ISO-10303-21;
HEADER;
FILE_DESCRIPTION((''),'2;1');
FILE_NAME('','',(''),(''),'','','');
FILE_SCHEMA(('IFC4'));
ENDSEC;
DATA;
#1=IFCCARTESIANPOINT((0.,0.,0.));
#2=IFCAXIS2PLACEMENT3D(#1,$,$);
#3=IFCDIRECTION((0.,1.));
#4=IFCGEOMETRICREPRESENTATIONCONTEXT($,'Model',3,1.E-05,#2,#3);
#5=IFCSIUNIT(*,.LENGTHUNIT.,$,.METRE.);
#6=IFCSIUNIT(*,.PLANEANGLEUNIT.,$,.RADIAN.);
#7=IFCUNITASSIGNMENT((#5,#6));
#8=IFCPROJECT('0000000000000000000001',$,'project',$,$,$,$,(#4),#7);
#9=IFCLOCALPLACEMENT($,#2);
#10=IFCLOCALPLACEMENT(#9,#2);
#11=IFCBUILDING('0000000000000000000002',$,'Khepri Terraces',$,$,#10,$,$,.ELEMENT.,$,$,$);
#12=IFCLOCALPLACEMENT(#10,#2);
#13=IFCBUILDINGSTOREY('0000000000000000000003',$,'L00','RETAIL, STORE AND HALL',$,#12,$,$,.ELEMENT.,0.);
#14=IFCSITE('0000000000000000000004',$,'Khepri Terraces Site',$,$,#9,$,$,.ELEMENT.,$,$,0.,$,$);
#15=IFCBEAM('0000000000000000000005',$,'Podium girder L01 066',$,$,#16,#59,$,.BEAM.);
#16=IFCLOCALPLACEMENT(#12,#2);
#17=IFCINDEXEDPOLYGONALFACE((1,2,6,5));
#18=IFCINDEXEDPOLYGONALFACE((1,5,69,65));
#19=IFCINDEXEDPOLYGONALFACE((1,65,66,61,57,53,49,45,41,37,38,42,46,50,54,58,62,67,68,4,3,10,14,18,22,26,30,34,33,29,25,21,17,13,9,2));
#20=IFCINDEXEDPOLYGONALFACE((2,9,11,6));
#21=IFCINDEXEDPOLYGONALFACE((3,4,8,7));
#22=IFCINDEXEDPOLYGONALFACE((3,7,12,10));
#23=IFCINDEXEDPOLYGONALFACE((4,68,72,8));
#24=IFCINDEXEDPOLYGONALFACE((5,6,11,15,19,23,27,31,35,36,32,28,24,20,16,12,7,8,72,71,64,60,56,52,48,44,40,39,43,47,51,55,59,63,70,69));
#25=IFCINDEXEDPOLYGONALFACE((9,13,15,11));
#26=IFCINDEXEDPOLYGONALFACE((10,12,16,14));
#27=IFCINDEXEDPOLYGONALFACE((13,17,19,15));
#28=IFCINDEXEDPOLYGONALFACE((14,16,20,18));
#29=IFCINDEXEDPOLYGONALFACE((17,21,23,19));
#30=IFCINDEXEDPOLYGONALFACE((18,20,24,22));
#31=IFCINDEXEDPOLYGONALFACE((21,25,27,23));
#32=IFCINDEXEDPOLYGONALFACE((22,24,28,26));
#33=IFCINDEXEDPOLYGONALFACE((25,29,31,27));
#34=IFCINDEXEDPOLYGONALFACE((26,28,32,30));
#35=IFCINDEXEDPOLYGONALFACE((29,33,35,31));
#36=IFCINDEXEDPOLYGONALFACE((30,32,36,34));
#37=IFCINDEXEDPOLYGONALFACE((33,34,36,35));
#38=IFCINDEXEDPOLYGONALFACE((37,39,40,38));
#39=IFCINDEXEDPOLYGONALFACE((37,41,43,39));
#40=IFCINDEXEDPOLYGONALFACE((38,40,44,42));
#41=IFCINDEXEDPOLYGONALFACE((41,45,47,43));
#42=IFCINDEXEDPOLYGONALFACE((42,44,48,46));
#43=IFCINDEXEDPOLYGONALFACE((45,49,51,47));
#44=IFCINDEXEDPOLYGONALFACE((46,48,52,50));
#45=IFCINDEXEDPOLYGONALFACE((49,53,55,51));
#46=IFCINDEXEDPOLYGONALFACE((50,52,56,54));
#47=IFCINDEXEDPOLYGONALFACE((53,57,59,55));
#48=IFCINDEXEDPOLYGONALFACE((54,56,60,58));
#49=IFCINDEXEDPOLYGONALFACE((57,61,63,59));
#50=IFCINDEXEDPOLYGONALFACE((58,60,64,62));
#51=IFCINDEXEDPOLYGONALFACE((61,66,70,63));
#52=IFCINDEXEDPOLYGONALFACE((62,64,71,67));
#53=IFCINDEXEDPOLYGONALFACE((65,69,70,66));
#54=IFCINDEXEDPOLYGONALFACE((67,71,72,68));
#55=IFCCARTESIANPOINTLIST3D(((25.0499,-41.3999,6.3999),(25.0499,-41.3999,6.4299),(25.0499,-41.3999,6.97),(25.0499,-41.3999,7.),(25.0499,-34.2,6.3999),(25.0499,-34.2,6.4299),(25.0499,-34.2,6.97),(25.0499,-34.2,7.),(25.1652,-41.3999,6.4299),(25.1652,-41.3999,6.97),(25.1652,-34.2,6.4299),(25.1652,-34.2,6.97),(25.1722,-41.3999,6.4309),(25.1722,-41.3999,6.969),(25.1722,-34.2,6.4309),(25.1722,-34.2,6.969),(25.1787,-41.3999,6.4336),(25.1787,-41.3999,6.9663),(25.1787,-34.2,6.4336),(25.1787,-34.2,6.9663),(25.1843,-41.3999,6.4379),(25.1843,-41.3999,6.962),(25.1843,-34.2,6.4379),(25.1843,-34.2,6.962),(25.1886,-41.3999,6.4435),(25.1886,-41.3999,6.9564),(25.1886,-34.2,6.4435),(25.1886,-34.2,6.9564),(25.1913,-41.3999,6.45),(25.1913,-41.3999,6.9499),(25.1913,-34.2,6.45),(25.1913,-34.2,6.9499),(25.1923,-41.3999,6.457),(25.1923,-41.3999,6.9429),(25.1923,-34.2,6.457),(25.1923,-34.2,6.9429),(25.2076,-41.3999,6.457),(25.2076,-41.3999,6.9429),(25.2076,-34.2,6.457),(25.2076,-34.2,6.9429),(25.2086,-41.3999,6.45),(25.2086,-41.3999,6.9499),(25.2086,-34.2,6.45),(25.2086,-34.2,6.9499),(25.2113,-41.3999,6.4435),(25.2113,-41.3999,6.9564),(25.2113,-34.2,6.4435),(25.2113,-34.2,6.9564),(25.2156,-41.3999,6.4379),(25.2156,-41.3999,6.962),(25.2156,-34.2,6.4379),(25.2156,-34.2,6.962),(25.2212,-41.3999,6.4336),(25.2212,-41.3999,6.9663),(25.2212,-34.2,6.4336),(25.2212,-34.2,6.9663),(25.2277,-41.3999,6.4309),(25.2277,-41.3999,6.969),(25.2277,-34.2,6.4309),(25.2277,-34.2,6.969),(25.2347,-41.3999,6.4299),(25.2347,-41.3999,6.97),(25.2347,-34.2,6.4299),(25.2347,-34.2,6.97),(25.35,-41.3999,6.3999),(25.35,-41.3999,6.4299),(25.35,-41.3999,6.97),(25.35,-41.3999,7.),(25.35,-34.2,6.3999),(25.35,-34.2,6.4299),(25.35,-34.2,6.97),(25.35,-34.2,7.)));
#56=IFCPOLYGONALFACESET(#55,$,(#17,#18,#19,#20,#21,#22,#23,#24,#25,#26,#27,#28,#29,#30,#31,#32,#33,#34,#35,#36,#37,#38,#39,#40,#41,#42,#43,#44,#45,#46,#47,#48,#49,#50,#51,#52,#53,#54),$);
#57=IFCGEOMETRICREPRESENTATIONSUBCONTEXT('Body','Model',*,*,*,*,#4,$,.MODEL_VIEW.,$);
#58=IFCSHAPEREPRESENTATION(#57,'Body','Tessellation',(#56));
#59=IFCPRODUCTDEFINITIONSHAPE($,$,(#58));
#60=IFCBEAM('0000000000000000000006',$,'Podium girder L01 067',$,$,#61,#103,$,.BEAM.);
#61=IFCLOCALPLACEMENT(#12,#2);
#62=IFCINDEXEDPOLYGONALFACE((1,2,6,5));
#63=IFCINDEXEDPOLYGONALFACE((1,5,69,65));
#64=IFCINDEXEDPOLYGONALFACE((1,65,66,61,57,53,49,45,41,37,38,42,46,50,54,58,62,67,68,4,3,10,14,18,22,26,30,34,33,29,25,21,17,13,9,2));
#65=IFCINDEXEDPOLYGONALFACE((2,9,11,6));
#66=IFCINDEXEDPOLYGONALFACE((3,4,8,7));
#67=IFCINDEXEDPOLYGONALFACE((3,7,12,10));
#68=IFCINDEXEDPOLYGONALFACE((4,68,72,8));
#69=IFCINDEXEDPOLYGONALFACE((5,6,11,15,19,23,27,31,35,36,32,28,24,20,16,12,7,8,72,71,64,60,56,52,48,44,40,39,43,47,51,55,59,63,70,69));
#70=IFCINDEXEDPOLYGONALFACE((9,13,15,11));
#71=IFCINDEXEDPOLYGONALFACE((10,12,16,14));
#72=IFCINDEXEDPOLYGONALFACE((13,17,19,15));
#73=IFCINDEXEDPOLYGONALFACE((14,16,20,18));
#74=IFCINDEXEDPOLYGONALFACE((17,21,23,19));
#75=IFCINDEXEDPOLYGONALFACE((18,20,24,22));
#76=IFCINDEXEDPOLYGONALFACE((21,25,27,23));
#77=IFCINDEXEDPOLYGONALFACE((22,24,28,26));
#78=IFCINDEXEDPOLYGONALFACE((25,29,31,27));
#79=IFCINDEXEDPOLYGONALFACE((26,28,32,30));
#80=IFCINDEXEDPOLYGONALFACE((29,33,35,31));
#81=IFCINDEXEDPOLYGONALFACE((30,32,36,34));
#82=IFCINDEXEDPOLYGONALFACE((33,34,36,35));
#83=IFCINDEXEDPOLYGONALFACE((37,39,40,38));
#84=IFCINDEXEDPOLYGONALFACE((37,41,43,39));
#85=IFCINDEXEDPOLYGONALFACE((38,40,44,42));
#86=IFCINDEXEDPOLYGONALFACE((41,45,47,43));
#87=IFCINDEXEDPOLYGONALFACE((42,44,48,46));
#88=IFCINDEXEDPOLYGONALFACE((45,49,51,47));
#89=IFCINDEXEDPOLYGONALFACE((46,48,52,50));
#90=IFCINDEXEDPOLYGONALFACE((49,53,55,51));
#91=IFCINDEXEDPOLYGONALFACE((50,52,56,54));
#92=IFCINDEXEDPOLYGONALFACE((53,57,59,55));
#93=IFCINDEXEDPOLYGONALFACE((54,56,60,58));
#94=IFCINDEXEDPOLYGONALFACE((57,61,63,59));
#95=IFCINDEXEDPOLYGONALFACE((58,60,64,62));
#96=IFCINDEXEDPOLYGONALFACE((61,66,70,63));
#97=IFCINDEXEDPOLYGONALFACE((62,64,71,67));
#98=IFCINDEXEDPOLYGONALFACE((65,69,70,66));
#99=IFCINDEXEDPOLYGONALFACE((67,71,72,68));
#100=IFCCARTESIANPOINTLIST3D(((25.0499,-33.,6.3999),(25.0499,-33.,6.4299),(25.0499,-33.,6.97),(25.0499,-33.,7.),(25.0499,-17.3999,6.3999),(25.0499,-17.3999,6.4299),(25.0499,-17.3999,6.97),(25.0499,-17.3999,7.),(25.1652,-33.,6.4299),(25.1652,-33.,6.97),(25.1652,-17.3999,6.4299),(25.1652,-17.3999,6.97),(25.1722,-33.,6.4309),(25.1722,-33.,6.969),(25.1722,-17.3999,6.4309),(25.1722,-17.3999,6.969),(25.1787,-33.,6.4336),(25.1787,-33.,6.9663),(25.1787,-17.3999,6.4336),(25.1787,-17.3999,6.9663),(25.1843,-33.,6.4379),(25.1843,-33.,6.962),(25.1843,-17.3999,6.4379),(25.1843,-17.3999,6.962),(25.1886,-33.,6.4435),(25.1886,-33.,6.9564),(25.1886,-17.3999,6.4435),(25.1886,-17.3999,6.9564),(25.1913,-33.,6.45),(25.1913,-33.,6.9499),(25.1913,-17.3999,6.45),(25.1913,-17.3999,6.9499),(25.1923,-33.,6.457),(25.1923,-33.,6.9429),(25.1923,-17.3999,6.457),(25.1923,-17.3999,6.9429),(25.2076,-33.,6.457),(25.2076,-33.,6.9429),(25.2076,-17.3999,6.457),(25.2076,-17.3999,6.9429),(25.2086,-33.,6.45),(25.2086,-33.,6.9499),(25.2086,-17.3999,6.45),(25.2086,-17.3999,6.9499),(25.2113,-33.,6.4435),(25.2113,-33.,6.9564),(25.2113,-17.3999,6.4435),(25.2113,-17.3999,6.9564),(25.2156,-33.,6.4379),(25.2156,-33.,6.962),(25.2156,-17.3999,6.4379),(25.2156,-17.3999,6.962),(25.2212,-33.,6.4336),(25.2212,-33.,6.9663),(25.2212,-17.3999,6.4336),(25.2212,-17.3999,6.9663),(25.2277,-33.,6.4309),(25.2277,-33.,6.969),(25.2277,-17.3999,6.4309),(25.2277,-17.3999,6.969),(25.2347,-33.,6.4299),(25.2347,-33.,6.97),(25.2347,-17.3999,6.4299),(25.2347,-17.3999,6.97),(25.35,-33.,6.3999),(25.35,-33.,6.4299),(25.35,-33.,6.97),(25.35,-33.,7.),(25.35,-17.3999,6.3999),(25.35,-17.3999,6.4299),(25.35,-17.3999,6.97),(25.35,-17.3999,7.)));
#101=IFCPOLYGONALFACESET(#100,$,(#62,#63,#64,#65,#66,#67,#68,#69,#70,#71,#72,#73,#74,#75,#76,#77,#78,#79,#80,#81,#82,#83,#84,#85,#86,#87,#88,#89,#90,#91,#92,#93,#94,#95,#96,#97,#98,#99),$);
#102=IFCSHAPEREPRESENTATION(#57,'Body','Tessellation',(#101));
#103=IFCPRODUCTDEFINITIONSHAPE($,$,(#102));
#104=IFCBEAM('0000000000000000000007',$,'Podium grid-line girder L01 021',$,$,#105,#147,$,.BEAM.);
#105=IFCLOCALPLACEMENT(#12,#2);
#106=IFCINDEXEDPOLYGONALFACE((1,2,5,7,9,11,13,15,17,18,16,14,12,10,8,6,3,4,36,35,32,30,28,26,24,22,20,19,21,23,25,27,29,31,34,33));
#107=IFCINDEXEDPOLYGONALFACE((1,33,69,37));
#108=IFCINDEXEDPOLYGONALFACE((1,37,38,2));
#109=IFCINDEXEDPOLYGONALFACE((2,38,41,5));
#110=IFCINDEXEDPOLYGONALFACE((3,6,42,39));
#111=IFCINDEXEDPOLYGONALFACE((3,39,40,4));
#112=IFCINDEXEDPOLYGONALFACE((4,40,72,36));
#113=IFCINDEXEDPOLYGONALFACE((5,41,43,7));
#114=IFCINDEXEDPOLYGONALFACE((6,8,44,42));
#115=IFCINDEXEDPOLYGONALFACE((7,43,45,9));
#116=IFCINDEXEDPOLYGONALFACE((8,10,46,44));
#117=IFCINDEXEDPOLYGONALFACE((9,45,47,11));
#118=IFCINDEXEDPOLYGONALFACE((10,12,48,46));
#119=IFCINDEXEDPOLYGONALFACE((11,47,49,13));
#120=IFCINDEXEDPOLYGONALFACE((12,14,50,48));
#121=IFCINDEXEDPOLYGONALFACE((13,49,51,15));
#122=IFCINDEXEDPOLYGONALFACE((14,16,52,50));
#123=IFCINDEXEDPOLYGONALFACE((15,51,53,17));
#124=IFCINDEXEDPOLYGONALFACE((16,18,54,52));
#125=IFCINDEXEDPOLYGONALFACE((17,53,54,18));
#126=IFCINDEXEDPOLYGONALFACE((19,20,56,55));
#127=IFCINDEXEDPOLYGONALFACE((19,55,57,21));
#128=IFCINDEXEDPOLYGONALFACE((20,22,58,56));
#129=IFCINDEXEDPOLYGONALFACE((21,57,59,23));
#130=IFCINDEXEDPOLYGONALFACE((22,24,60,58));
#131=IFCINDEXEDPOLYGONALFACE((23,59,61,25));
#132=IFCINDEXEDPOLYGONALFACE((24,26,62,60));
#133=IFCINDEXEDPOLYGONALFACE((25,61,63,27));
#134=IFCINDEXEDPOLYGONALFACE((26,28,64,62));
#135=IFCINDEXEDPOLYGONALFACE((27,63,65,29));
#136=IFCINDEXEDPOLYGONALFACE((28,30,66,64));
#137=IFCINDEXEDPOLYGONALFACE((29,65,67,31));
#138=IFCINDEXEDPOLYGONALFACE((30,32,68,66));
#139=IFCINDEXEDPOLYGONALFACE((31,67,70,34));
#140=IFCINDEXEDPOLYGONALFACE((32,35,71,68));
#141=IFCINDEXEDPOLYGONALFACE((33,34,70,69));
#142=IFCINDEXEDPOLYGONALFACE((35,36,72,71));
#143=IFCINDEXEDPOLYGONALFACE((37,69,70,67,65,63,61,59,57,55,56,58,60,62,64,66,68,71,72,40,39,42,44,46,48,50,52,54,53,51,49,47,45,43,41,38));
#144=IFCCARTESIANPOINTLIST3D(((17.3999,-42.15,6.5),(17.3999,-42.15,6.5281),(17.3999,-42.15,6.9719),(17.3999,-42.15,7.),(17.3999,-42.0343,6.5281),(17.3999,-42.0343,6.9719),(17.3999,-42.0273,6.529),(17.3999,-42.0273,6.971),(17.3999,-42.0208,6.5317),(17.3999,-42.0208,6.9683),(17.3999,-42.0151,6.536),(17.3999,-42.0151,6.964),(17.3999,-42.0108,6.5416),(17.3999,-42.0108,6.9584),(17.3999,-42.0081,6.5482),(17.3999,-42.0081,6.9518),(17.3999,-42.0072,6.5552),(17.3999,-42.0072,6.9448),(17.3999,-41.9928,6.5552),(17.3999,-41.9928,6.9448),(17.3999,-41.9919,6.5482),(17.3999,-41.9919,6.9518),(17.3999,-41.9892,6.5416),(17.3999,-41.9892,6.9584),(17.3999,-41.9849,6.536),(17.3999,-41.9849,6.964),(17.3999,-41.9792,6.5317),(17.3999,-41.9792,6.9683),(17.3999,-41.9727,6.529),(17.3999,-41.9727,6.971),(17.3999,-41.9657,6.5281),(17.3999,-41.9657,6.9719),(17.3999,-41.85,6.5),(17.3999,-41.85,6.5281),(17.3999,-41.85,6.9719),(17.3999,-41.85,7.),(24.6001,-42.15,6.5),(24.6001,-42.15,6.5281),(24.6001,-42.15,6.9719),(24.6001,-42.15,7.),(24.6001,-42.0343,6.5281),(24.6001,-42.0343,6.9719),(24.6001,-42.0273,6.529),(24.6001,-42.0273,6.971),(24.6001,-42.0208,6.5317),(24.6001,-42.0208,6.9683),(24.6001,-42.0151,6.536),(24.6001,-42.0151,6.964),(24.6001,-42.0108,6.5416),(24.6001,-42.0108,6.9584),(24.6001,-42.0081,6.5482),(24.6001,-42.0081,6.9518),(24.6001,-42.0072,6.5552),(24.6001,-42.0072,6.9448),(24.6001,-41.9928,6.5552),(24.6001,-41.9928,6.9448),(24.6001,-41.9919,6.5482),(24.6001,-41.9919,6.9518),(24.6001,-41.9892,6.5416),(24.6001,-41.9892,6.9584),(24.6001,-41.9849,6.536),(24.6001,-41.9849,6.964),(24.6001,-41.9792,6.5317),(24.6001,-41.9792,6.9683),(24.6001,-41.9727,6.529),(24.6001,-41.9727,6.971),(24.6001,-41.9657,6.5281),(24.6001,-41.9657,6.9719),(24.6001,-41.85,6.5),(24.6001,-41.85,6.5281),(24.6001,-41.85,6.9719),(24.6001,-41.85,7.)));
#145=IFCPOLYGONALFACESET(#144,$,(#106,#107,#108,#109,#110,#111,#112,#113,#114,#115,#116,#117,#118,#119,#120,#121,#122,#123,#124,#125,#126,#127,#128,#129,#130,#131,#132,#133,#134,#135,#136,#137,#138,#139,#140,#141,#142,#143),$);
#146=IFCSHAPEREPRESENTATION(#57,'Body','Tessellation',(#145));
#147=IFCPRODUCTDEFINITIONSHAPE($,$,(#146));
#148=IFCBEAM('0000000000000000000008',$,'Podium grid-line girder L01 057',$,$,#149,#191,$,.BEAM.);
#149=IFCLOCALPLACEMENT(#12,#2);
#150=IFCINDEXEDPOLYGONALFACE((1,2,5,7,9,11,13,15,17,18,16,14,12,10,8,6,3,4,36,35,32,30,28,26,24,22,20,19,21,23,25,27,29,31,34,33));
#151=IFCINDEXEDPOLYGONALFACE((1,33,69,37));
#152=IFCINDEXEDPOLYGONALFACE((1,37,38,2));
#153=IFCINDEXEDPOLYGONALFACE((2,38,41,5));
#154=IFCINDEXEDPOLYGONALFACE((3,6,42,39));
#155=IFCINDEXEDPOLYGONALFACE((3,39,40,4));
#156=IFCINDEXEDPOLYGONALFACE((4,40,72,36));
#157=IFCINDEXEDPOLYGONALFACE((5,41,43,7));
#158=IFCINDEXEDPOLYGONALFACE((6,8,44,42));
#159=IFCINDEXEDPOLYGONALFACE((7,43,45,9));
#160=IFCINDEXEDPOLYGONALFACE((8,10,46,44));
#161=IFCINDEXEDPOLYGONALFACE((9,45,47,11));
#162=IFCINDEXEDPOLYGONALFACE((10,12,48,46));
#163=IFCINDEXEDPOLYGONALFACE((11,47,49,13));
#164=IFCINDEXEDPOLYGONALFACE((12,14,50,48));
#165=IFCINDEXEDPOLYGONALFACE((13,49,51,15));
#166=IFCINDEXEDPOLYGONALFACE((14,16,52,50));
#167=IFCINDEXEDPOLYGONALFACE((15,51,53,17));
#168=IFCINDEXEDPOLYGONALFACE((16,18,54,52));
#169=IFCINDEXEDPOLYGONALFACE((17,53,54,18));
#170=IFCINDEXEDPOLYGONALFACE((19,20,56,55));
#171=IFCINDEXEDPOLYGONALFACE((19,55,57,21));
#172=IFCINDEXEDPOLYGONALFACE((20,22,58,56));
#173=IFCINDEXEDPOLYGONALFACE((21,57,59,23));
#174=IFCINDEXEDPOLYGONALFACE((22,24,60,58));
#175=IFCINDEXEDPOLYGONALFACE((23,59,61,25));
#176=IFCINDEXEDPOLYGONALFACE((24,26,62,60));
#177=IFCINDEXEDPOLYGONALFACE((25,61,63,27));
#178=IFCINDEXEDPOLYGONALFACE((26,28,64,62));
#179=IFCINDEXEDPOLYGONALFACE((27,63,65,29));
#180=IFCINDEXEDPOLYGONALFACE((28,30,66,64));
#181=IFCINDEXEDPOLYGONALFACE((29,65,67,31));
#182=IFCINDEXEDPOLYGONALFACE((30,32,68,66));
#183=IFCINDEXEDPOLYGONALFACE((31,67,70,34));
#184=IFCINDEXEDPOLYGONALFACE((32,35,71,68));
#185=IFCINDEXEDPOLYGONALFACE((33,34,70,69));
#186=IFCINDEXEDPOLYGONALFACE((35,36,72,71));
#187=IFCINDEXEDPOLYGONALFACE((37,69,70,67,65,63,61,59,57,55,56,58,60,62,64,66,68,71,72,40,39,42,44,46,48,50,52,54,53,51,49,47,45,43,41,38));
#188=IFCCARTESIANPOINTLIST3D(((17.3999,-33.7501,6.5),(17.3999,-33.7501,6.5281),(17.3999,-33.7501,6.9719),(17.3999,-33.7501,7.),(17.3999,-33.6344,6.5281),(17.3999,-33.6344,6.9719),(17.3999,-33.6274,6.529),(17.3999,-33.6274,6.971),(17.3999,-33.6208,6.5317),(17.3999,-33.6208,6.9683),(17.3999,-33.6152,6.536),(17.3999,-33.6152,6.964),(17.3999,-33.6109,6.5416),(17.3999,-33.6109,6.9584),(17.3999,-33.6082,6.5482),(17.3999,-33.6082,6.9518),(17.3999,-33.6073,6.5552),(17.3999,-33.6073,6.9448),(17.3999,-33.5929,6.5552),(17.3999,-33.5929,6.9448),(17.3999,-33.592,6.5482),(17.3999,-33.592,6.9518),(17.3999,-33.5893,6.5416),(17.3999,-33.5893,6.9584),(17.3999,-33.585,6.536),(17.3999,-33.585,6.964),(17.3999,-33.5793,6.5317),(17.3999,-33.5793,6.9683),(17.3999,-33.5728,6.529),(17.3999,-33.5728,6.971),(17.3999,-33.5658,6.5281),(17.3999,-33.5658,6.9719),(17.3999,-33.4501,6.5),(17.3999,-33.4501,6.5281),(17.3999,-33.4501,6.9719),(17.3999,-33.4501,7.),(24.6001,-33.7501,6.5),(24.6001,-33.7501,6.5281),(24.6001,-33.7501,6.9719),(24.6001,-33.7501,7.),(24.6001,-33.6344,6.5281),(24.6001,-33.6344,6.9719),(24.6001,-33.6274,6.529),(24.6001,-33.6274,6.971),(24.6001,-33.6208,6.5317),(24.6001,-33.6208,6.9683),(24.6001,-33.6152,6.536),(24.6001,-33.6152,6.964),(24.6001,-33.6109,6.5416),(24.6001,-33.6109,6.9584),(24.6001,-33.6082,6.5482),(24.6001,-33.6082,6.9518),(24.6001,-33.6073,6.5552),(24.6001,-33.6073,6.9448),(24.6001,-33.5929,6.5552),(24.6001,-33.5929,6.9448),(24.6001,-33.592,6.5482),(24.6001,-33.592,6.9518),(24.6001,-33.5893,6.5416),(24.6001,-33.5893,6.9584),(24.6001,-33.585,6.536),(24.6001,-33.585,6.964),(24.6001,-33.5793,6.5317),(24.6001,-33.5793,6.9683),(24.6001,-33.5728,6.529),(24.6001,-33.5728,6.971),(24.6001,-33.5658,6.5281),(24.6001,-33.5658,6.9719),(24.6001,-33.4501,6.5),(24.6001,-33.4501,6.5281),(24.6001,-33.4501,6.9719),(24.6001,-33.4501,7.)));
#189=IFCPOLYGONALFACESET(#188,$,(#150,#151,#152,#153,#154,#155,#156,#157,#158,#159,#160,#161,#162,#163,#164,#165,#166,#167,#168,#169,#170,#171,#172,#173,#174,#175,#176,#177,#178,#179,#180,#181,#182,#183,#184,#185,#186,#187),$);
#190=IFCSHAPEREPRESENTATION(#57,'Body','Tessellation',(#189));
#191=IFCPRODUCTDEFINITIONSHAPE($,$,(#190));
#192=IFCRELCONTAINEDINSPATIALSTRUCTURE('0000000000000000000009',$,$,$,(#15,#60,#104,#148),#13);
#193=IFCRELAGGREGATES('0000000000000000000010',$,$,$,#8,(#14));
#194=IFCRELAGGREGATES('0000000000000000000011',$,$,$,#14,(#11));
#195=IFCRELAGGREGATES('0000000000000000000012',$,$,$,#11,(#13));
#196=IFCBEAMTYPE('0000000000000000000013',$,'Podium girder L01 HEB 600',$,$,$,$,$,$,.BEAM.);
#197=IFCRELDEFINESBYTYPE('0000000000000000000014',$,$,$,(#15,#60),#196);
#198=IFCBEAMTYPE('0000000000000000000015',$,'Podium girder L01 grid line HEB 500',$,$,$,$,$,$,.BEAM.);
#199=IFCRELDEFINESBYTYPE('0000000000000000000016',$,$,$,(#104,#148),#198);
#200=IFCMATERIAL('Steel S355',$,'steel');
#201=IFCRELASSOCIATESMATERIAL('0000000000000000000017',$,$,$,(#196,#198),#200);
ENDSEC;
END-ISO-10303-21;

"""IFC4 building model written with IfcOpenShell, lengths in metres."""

from ifc_helpers import new_model, si_unit, direction, frame, origin, origin_2d, place, context, subcontext, project, spatial, i_section, extrude, material, material_profile, profile_set, type_object, element, save


model = new_model("IFC4")

# Units and contexts
model_context = context("Model", 3, precision=1e-05, world=origin(), true_north=direction((0.0, 1.0)))
body_context = subcontext(model_context, "Body", "Model", "MODEL_VIEW")
ifc_project = project(units=[si_unit("LENGTHUNIT", "METRE"), si_unit("PLANEANGLEUNIT", "RADIAN")], contexts=[model_context])

# Site, building, storey
site_placement = place(None, origin())
site = spatial("IfcSite", under=ifc_project, at=site_placement, Name="Khepri Terraces Site", CompositionType="ELEMENT", RefElevation=0.0)
building_placement = place(site_placement, origin())
building = spatial("IfcBuilding", under=site, at=building_placement, Name="Khepri Terraces", CompositionType="ELEMENT")
storey_placement = place(building_placement, origin())
storey = spatial("IfcBuildingStorey", under=building, at=storey_placement, Name="L00", Description="RETAIL, STORE AND HALL", CompositionType="ELEMENT", Elevation=0.0)

# Beams
ifc_material_1 = material(Name="Steel S355", Category="steel")
ifc_material_profile_1 = material_profile(ifc_material_1, i_section(OverallWidth=0.3, OverallDepth=0.6001, WebThickness=0.0154, FlangeThickness=0.03, FilletRadius=0.0271, at=origin_2d()), Name="Steel S355", Category="steel")
ifc_profile_set_1 = profile_set([ifc_material_profile_1], Name="Steel S355")
beam_type_1 = type_object("IfcBeamType", Name="Podium girder L01 HEB 600", PredefinedType="BEAM", material=ifc_profile_set_1)
for number, where, z_axis, x_axis, name in (
    (1, (25.2, -41.3999, 6.7), (0.0, 1.0, 0.0), (-1.0, 0.0, 0.0), "Podium girder L01 066"),
):
    element("IfcBeam", number, at=place(storey_placement, frame(where, z_axis=z_axis, x_axis=x_axis)), inside=storey, type_object=beam_type_1, Name=name, PredefinedType="BEAM", context=body_context, shape_type="SweptSolid", body=[
        extrude(i_section(OverallWidth=0.3, OverallDepth=0.6001, WebThickness=0.0154, FlangeThickness=0.03, FilletRadius=0.0271, at=origin_2d()), origin(), (0.0, 0.0, 1.0), 7.2),
    ])
beam_1_placement = place(storey_placement, frame((25.2, -33.0, 6.7), z_axis=(0.0, 1.0, 0.0), x_axis=(-1.0, 0.0, 0.0)))
element("IfcBeam", 2, at=beam_1_placement, inside=storey, type_object=beam_type_1, Name="Podium girder L01 067", PredefinedType="BEAM", context=body_context, shape_type="SweptSolid", body=[
    extrude(i_section(OverallWidth=0.3, OverallDepth=0.6001, WebThickness=0.0154, FlangeThickness=0.03, FilletRadius=0.0271, at=origin_2d()), origin(), (0.0, 0.0, 1.0), 15.6001),
])
ifc_material_profile_2 = material_profile(ifc_material_1, i_section(OverallWidth=0.3, OverallDepth=0.5, WebThickness=0.0144, FlangeThickness=0.0281, FilletRadius=0.0271, at=origin_2d()), Name="Steel S355", Category="steel")
ifc_profile_set_2 = profile_set([ifc_material_profile_2], Name="Steel S355")
beam_type_2 = type_object("IfcBeamType", Name="Podium girder L01 grid line HEB 500", PredefinedType="BEAM", material=ifc_profile_set_2)
for number, where, z_axis, x_axis, name in (
    (3, (17.3999, -42.0, 6.75), (1.0, 0.0, 0.0), (0.0, 1.0, 0.0), "Podium grid-line girder L01 021"),
    (4, (17.3999, -33.6001, 6.75), (1.0, 0.0, 0.0), (0.0, 1.0, 0.0), "Podium grid-line girder L01 057"),
):
    element("IfcBeam", number, at=place(storey_placement, frame(where, z_axis=z_axis, x_axis=x_axis)), inside=storey, type_object=beam_type_2, Name=name, PredefinedType="BEAM", context=body_context, shape_type="SweptSolid", body=[
        extrude(i_section(OverallWidth=0.3, OverallDepth=0.5, WebThickness=0.0144, FlangeThickness=0.0281, FilletRadius=0.0271, at=origin_2d()), origin(), (0.0, 0.0, 1.0), 7.2002),
    ])

save(model, "model.ifc")
